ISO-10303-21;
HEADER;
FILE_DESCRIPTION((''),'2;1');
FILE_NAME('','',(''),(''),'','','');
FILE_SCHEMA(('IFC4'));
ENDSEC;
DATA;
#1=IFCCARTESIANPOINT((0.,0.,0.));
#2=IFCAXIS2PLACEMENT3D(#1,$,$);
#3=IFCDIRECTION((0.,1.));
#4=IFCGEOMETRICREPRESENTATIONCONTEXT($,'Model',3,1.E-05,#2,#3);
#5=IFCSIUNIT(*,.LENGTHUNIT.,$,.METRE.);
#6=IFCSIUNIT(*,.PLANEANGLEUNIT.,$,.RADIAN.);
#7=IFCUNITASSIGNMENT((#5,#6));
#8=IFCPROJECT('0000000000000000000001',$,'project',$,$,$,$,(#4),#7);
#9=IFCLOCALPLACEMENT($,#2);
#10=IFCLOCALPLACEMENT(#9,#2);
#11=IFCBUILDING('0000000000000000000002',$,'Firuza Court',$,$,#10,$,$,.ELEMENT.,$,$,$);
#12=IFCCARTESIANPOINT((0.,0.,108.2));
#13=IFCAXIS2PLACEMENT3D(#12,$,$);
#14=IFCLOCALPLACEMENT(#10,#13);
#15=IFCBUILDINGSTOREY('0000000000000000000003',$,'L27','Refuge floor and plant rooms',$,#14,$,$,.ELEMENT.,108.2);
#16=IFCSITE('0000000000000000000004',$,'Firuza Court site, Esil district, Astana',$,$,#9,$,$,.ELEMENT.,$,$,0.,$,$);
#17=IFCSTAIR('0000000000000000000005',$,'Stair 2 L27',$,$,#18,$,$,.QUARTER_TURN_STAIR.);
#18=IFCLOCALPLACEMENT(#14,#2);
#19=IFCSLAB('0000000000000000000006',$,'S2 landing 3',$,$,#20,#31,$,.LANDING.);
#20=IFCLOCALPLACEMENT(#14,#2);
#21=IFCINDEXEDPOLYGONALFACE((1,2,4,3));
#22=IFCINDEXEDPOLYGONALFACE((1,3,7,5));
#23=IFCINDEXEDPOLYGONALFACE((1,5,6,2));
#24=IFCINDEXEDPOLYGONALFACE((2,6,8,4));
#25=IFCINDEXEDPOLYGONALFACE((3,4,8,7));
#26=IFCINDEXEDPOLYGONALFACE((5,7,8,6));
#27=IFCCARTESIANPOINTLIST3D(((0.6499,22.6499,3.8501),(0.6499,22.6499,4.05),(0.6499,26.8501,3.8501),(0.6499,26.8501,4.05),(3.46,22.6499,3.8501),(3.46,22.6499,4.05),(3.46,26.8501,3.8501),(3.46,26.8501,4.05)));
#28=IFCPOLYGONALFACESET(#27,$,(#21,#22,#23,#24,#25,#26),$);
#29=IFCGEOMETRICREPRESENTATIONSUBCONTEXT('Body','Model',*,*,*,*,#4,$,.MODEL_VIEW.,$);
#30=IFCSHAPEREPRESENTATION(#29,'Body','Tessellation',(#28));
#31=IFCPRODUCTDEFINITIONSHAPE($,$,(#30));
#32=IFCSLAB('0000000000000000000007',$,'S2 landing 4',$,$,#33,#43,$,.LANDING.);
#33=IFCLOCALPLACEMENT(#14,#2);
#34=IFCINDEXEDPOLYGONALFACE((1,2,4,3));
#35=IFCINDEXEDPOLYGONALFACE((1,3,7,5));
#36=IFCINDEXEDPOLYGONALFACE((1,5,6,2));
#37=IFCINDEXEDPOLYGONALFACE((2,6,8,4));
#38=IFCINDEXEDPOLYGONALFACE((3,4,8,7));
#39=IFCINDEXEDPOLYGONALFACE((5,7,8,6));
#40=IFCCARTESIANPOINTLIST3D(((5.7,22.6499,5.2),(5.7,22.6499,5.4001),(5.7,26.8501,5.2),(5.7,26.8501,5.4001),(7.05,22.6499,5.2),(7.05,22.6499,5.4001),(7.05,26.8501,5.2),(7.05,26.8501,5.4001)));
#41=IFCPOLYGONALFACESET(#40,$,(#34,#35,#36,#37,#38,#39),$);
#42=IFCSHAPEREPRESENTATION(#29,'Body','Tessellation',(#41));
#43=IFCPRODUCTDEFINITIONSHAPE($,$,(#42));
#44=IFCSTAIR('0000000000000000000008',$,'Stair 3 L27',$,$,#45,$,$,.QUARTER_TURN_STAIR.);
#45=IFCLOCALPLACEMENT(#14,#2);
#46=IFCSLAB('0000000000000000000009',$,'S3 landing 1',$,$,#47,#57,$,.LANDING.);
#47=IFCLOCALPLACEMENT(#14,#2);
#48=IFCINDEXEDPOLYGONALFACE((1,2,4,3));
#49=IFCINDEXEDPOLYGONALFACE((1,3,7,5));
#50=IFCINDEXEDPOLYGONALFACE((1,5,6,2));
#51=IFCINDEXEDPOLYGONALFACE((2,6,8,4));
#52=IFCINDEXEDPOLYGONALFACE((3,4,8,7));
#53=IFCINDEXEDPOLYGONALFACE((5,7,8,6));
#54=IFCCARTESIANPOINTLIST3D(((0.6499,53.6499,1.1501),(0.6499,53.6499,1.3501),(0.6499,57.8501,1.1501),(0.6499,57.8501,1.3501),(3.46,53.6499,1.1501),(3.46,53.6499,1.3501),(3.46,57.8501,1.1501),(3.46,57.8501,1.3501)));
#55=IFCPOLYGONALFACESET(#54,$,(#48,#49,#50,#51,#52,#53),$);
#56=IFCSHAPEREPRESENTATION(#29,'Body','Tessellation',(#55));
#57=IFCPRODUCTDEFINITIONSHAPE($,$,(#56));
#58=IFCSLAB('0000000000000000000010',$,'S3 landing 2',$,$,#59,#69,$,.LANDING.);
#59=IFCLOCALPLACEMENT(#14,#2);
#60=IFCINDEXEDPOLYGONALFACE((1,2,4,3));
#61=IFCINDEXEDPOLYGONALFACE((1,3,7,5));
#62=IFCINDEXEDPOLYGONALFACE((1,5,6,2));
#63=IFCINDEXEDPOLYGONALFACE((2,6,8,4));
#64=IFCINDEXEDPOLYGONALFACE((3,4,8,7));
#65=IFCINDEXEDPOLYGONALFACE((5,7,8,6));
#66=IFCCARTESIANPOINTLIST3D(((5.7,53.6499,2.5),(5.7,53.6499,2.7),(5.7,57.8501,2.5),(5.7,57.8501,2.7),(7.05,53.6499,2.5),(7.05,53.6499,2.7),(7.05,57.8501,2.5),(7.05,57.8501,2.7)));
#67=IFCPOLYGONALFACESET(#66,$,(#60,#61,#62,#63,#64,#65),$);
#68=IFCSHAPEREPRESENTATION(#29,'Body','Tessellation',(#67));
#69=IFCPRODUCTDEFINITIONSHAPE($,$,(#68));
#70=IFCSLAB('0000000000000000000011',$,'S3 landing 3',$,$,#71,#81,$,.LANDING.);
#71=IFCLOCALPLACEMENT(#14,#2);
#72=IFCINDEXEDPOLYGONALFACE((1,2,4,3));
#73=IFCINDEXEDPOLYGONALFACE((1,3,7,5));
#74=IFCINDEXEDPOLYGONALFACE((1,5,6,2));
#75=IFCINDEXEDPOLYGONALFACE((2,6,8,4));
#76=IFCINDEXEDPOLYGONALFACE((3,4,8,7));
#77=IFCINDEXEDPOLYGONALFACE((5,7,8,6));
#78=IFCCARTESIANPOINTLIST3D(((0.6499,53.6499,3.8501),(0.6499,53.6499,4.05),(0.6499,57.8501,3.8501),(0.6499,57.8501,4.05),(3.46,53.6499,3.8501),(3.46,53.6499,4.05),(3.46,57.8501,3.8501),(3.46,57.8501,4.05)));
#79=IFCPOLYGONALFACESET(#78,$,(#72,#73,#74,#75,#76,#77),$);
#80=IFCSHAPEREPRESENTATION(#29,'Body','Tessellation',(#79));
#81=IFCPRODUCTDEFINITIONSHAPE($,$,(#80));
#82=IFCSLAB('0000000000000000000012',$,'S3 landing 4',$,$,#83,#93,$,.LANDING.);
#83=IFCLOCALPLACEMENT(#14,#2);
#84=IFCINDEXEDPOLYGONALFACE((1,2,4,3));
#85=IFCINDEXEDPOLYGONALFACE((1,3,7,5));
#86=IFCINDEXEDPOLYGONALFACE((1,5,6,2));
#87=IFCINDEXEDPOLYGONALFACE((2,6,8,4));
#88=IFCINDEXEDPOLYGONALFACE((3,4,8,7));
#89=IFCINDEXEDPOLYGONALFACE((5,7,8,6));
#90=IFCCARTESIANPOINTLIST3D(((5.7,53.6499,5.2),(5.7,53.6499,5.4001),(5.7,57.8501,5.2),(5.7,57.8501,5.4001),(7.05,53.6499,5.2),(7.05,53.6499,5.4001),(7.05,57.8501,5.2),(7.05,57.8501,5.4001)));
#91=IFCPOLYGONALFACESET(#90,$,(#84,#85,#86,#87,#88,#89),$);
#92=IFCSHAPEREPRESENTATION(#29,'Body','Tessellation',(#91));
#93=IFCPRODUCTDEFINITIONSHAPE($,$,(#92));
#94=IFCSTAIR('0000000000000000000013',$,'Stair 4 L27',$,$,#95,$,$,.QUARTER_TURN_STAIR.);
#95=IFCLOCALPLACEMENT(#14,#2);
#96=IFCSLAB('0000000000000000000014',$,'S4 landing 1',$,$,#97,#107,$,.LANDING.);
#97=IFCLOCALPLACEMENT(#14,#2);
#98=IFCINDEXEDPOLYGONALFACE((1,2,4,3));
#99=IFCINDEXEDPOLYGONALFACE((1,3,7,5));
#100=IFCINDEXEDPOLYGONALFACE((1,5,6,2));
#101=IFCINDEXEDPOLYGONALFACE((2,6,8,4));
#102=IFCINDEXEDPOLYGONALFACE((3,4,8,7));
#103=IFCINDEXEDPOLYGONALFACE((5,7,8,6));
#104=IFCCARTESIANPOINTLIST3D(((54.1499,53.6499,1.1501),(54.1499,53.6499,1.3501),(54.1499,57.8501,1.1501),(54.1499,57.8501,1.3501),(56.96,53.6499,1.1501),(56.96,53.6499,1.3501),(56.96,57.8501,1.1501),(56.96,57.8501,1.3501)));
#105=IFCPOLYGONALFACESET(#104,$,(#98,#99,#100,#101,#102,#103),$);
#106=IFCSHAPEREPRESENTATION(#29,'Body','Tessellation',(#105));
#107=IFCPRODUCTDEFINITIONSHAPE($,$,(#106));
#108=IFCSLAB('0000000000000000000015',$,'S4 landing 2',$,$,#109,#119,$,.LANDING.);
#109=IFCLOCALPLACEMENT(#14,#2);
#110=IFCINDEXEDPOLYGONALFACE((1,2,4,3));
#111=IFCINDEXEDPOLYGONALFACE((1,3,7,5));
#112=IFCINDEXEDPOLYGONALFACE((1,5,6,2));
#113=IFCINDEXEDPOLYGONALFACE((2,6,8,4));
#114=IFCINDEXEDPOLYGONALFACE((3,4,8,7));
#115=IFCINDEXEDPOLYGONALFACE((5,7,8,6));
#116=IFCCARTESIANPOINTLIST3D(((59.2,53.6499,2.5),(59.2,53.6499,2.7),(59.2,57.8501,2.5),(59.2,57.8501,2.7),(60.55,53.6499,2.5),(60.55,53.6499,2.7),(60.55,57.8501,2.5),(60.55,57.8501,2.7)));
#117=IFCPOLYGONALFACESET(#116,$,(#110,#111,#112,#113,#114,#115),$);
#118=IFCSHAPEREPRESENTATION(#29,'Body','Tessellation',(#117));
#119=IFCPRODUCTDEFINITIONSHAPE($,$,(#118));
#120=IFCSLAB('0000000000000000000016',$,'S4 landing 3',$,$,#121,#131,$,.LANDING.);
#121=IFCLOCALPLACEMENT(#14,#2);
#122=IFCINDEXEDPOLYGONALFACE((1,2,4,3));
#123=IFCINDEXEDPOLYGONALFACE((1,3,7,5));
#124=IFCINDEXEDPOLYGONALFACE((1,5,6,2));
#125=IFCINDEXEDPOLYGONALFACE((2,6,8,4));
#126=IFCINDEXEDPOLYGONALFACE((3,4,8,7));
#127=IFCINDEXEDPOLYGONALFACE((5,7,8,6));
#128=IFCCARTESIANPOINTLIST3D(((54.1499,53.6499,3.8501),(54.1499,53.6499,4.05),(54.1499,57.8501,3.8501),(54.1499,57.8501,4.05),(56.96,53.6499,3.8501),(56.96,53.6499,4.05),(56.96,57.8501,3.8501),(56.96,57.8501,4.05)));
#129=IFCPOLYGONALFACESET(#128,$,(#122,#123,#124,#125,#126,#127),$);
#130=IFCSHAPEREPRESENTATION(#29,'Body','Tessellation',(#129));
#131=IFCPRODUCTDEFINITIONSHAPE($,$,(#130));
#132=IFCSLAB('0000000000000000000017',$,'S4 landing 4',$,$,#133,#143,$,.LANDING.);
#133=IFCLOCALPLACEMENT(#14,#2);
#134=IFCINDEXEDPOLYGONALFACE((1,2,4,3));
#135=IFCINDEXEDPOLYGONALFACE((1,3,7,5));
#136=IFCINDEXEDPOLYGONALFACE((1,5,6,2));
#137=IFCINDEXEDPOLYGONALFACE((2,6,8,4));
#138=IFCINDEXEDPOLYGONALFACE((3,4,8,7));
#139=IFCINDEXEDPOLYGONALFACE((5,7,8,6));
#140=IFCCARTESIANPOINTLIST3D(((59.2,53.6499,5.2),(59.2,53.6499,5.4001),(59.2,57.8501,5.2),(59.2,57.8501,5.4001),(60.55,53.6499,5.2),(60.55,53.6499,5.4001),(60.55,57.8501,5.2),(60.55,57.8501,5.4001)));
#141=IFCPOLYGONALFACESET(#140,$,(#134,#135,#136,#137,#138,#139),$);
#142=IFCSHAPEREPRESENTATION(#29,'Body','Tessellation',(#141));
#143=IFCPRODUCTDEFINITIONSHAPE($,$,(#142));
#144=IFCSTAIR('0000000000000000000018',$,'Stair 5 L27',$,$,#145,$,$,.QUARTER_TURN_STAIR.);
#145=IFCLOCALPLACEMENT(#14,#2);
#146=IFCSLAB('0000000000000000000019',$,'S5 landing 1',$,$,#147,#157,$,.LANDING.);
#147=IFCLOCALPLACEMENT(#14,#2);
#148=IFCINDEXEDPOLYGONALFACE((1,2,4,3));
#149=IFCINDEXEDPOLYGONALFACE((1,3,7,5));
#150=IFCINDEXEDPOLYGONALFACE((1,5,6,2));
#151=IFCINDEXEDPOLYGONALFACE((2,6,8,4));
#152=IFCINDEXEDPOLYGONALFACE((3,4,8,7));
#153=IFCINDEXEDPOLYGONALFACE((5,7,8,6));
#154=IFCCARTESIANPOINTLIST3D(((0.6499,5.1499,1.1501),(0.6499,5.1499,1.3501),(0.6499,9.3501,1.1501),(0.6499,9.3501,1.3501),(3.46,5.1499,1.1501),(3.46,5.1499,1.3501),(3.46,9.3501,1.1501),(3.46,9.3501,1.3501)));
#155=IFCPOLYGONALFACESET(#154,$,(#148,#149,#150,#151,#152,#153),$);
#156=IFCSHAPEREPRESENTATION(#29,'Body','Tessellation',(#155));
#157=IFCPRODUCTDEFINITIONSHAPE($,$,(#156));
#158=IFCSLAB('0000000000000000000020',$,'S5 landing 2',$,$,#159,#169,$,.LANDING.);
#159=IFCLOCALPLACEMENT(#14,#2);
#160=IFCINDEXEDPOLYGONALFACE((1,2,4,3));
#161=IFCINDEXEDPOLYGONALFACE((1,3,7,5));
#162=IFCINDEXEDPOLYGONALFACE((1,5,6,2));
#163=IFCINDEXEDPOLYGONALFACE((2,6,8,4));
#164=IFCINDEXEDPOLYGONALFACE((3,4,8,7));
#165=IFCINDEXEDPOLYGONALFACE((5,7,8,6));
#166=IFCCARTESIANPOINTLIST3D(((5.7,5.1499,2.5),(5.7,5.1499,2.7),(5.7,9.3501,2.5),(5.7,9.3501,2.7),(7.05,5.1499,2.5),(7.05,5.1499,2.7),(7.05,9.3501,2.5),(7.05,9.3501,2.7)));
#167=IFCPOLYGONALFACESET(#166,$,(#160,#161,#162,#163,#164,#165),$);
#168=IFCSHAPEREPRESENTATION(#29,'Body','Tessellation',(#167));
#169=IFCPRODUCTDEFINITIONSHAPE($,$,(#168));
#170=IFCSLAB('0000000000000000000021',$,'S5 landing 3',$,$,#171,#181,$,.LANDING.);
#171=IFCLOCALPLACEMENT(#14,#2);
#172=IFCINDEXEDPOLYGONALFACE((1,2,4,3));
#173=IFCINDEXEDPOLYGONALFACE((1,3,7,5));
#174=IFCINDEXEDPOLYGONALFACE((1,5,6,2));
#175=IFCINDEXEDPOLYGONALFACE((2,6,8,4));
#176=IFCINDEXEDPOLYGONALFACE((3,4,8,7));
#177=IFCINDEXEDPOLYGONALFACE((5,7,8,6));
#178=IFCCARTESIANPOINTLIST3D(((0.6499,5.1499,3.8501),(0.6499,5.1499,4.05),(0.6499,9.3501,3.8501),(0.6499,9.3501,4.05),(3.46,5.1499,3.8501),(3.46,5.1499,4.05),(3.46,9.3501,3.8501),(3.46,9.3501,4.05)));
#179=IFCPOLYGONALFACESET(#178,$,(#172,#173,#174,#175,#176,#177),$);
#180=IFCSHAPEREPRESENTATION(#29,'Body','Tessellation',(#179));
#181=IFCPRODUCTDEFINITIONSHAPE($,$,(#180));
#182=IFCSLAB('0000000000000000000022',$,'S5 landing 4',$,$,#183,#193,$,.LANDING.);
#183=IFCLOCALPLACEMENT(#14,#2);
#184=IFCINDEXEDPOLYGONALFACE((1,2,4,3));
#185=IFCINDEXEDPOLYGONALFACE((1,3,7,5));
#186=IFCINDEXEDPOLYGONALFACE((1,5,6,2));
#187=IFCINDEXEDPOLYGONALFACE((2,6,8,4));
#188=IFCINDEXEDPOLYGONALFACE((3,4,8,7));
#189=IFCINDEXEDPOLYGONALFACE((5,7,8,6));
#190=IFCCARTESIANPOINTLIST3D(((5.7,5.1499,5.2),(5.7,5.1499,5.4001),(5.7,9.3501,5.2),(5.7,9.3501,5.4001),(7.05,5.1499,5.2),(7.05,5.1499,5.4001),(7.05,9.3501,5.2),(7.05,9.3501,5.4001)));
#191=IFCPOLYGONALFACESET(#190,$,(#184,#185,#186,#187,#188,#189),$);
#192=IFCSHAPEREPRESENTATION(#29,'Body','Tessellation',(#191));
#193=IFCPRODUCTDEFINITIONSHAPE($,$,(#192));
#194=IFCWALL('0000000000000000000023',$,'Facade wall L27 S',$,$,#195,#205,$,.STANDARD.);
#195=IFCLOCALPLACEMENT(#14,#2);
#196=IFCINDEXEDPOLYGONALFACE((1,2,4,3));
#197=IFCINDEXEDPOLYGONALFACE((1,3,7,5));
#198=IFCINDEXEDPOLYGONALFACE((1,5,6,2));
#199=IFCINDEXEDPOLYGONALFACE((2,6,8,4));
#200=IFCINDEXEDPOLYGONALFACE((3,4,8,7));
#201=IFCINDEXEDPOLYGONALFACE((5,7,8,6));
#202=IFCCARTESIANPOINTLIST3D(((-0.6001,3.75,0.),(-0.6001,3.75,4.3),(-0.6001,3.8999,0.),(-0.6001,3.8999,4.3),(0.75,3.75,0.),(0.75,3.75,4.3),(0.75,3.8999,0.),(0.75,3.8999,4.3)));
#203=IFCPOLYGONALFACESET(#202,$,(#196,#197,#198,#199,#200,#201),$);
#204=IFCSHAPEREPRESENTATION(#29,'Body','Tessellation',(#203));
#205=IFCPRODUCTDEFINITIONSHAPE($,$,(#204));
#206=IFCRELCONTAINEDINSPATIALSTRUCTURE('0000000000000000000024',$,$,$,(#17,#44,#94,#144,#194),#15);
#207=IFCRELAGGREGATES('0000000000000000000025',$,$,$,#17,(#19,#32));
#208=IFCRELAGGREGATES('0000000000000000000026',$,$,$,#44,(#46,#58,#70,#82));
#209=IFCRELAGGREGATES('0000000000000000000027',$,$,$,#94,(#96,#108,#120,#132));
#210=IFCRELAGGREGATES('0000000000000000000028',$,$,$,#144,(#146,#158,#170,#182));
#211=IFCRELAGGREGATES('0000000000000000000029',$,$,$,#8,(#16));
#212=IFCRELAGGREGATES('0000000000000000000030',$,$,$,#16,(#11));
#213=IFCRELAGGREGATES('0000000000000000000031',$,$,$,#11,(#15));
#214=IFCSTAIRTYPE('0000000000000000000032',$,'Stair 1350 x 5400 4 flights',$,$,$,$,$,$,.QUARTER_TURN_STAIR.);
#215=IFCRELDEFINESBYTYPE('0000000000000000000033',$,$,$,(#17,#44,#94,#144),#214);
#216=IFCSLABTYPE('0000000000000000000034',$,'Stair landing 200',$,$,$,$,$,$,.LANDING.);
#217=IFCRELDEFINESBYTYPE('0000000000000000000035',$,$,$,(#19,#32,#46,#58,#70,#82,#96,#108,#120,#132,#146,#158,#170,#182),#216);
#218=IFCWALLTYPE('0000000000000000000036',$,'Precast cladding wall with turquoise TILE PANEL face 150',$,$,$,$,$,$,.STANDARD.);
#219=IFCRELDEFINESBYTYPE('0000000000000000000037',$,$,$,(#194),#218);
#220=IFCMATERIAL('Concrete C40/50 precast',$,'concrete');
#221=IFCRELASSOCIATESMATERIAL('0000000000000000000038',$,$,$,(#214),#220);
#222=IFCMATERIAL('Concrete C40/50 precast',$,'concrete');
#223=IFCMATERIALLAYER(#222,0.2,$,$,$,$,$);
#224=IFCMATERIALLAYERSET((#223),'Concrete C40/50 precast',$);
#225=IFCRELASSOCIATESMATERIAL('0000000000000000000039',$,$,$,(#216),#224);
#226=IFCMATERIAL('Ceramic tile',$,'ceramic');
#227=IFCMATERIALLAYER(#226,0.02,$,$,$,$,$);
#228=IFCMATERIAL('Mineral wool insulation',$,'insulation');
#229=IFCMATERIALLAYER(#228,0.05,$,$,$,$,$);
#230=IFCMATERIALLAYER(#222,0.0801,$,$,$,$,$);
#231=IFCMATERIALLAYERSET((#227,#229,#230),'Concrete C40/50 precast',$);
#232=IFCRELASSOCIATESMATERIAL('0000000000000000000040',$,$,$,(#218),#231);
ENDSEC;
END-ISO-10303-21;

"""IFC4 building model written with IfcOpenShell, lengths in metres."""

from ifc_helpers import new_model, si_unit, direction, frame, frame_2d, origin, place, context, subcontext, project, spatial, polyline, rectangle, outline, extrude, material, layer, layer_set, type_object, element, aggregate, save


model = new_model("IFC4")

# Units and contexts
model_context = context("Model", 3, precision=1e-05, world=origin(), true_north=direction((0.0, 1.0)))
body_context = subcontext(model_context, "Body", "Model", "MODEL_VIEW")
ifc_project = project(units=[si_unit("LENGTHUNIT", "METRE"), si_unit("PLANEANGLEUNIT", "RADIAN")], contexts=[model_context])

# Site, building, storey
site_placement = place(None, origin())
site = spatial("IfcSite", under=ifc_project, at=site_placement, Name="Firuza Court site, Esil district, Astana", CompositionType="ELEMENT", RefElevation=0.0)
building_placement = place(site_placement, origin())
building = spatial("IfcBuilding", under=site, at=building_placement, Name="Firuza Court", CompositionType="ELEMENT")
storey_placement = place(building_placement, frame((0.0, 0.0, 108.2)))
storey = spatial("IfcBuildingStorey", under=building, at=storey_placement, Name="L27", Description="Refuge floor and plant rooms", CompositionType="ELEMENT", Elevation=108.2)

# Stairs, slabs
ifc_material_1 = material(Name="Concrete C40/50 precast", Category="concrete")
stair_type = type_object("IfcStairType", Name="Stair 1350 x 5400 4 flights", PredefinedType="QUARTER_TURN_STAIR", material=ifc_material_1)
ifc_material_2 = material(Name="Concrete C40/50 precast", Category="concrete")
ifc_layer_1 = layer(ifc_material_2, 0.2)
ifc_layer_set_1 = layer_set([ifc_layer_1], Name="Concrete C40/50 precast")
slab_type_1 = type_object("IfcSlabType", Name="Stair landing 200", PredefinedType="LANDING", material=ifc_layer_set_1)
stair_1_placement = place(storey_placement, origin())
stair_1 = element("IfcStair", 1, at=stair_1_placement, inside=storey, type_object=stair_type, Name="Stair 2 L27", PredefinedType="QUARTER_TURN_STAIR")
slab_1_placement = place(storey_placement, frame((0.0, 0.0, 3.8501)))
slab_1 = element("IfcSlab", 2, at=slab_1_placement, type_object=slab_type_1, Name="S2 landing 3", PredefinedType="LANDING", context=body_context, shape_type="SweptSolid", body=[
    extrude(outline(polyline([(3.46, 22.6499), (3.46, 26.8501), (0.6499, 26.8501), (0.6499, 22.6499), (3.46, 22.6499)])), origin(), (0.0, 0.0, 1.0), 0.2),
])
slab_2_placement = place(storey_placement, frame((0.0, 0.0, 5.2)))
slab_2 = element("IfcSlab", 3, at=slab_2_placement, type_object=slab_type_1, Name="S2 landing 4", PredefinedType="LANDING", context=body_context, shape_type="SweptSolid", body=[
    extrude(outline(polyline([(7.05, 22.6499), (7.05, 26.8501), (5.7, 26.8501), (5.7, 22.6499), (7.05, 22.6499)])), origin(), (0.0, 0.0, 1.0), 0.2002),
])
aggregate(stair_1, [slab_1, slab_2])
stair_2_placement = place(storey_placement, origin())
stair_2 = element("IfcStair", 4, at=stair_2_placement, inside=storey, type_object=stair_type, Name="Stair 3 L27", PredefinedType="QUARTER_TURN_STAIR")
slab_3_placement = place(storey_placement, frame((0.0, 0.0, 1.1501)))
slab_3 = element("IfcSlab", 5, at=slab_3_placement, type_object=slab_type_1, Name="S3 landing 1", PredefinedType="LANDING", context=body_context, shape_type="SweptSolid", body=[
    extrude(outline(polyline([(3.46, 53.6499), (3.46, 57.8501), (0.6499, 57.8501), (0.6499, 53.6499), (3.46, 53.6499)])), origin(), (0.0, 0.0, 1.0), 0.2),
])
slab_4_placement = place(storey_placement, frame((0.0, 0.0, 2.5)))
slab_4 = element("IfcSlab", 6, at=slab_4_placement, type_object=slab_type_1, Name="S3 landing 2", PredefinedType="LANDING", context=body_context, shape_type="SweptSolid", body=[
    extrude(outline(polyline([(7.05, 53.6499), (7.05, 57.8501), (5.7, 57.8501), (5.7, 53.6499), (7.05, 53.6499)])), origin(), (0.0, 0.0, 1.0), 0.2),
])
slab_5_placement = place(storey_placement, frame((0.0, 0.0, 3.8501)))
slab_5 = element("IfcSlab", 7, at=slab_5_placement, type_object=slab_type_1, Name="S3 landing 3", PredefinedType="LANDING", context=body_context, shape_type="SweptSolid", body=[
    extrude(outline(polyline([(3.46, 53.6499), (3.46, 57.8501), (0.6499, 57.8501), (0.6499, 53.6499), (3.46, 53.6499)])), origin(), (0.0, 0.0, 1.0), 0.2),
])
slab_6_placement = place(storey_placement, frame((0.0, 0.0, 5.2)))
slab_6 = element("IfcSlab", 8, at=slab_6_placement, type_object=slab_type_1, Name="S3 landing 4", PredefinedType="LANDING", context=body_context, shape_type="SweptSolid", body=[
    extrude(outline(polyline([(7.05, 53.6499), (7.05, 57.8501), (5.7, 57.8501), (5.7, 53.6499), (7.05, 53.6499)])), origin(), (0.0, 0.0, 1.0), 0.2002),
])
aggregate(stair_2, [slab_3, slab_4, slab_5, slab_6])
stair_3_placement = place(storey_placement, origin())
stair_3 = element("IfcStair", 9, at=stair_3_placement, inside=storey, type_object=stair_type, Name="Stair 4 L27", PredefinedType="QUARTER_TURN_STAIR")
slab_7_placement = place(storey_placement, frame((0.0, 0.0, 1.1501)))
slab_7 = element("IfcSlab", 10, at=slab_7_placement, type_object=slab_type_1, Name="S4 landing 1", PredefinedType="LANDING", context=body_context, shape_type="SweptSolid", body=[
    extrude(outline(polyline([(56.96, 53.6499), (56.96, 57.8501), (54.1499, 57.8501), (54.1499, 53.6499), (56.96, 53.6499)])), origin(), (0.0, 0.0, 1.0), 0.2),
])
slab_8_placement = place(storey_placement, frame((0.0, 0.0, 2.5)))
slab_8 = element("IfcSlab", 11, at=slab_8_placement, type_object=slab_type_1, Name="S4 landing 2", PredefinedType="LANDING", context=body_context, shape_type="SweptSolid", body=[
    extrude(outline(polyline([(60.55, 53.6499), (60.55, 57.8501), (59.2, 57.8501), (59.2, 53.6499), (60.55, 53.6499)])), origin(), (0.0, 0.0, 1.0), 0.2),
])
slab_9_placement = place(storey_placement, frame((0.0, 0.0, 3.8501)))
slab_9 = element("IfcSlab", 12, at=slab_9_placement, type_object=slab_type_1, Name="S4 landing 3", PredefinedType="LANDING", context=body_context, shape_type="SweptSolid", body=[
    extrude(outline(polyline([(56.96, 53.6499), (56.96, 57.8501), (54.1499, 57.8501), (54.1499, 53.6499), (56.96, 53.6499)])), origin(), (0.0, 0.0, 1.0), 0.2),
])
slab_10_placement = place(storey_placement, frame((0.0, 0.0, 5.2)))
slab_10 = element("IfcSlab", 13, at=slab_10_placement, type_object=slab_type_1, Name="S4 landing 4", PredefinedType="LANDING", context=body_context, shape_type="SweptSolid", body=[
    extrude(outline(polyline([(60.55, 53.6499), (60.55, 57.8501), (59.2, 57.8501), (59.2, 53.6499), (60.55, 53.6499)])), origin(), (0.0, 0.0, 1.0), 0.2002),
])
aggregate(stair_3, [slab_7, slab_8, slab_9, slab_10])
stair_4_placement = place(storey_placement, origin())
stair_4 = element("IfcStair", 14, at=stair_4_placement, inside=storey, type_object=stair_type, Name="Stair 5 L27", PredefinedType="QUARTER_TURN_STAIR")
slab_11_placement = place(storey_placement, frame((0.0, 0.0, 1.1501)))
slab_11 = element("IfcSlab", 15, at=slab_11_placement, type_object=slab_type_1, Name="S5 landing 1", PredefinedType="LANDING", context=body_context, shape_type="SweptSolid", body=[
    extrude(outline(polyline([(3.46, 5.1499), (3.46, 9.3501), (0.6499, 9.3501), (0.6499, 5.1499), (3.46, 5.1499)])), origin(), (0.0, 0.0, 1.0), 0.2),
])
slab_12_placement = place(storey_placement, frame((0.0, 0.0, 2.5)))
slab_12 = element("IfcSlab", 16, at=slab_12_placement, type_object=slab_type_1, Name="S5 landing 2", PredefinedType="LANDING", context=body_context, shape_type="SweptSolid", body=[
    extrude(outline(polyline([(7.05, 5.1499), (7.05, 9.3501), (5.7, 9.3501), (5.7, 5.1499), (7.05, 5.1499)])), origin(), (0.0, 0.0, 1.0), 0.2),
])
slab_13_placement = place(storey_placement, frame((0.0, 0.0, 3.8501)))
slab_13 = element("IfcSlab", 17, at=slab_13_placement, type_object=slab_type_1, Name="S5 landing 3", PredefinedType="LANDING", context=body_context, shape_type="SweptSolid", body=[
    extrude(outline(polyline([(3.46, 5.1499), (3.46, 9.3501), (0.6499, 9.3501), (0.6499, 5.1499), (3.46, 5.1499)])), origin(), (0.0, 0.0, 1.0), 0.2),
])
slab_14_placement = place(storey_placement, frame((0.0, 0.0, 5.2)))
slab_14 = element("IfcSlab", 18, at=slab_14_placement, type_object=slab_type_1, Name="S5 landing 4", PredefinedType="LANDING", context=body_context, shape_type="SweptSolid", body=[
    extrude(outline(polyline([(7.05, 5.1499), (7.05, 9.3501), (5.7, 9.3501), (5.7, 5.1499), (7.05, 5.1499)])), origin(), (0.0, 0.0, 1.0), 0.2002),
])
aggregate(stair_4, [slab_11, slab_12, slab_13, slab_14])

# Wall
ifc_material_3 = material(Name="Ceramic tile", Category="ceramic")
ifc_layer_2 = layer(ifc_material_3, 0.02)
ifc_material_4 = material(Name="Mineral wool insulation", Category="insulation")
ifc_layer_3 = layer(ifc_material_4, 0.05)
ifc_layer_4 = layer(ifc_material_2, 0.0801)
ifc_layer_set_2 = layer_set([ifc_layer_2, ifc_layer_3, ifc_layer_4], Name="Concrete C40/50 precast")
wall_type = type_object("IfcWallType", Name="Precast cladding wall with turquoise TILE PANEL face 150", PredefinedType="STANDARD", material=ifc_layer_set_2)
wall_1_placement = place(storey_placement, frame((-0.6001, 3.825, 0.0), z_axis=(0.0, 0.0, 1.0), x_axis=(1.0, 0.0, 0.0)))
element("IfcWall", 19, at=wall_1_placement, inside=storey, type_object=wall_type, Name="Facade wall L27 S", PredefinedType="STANDARD", context=body_context, shape_type="SweptSolid", body=[
    extrude(rectangle(XDim=1.3501, YDim=0.1499, at=frame_2d((0.675, 0.0))), origin(), (0.0, 0.0, 1.0), 4.3),
])

save(model, "model.ifc")
